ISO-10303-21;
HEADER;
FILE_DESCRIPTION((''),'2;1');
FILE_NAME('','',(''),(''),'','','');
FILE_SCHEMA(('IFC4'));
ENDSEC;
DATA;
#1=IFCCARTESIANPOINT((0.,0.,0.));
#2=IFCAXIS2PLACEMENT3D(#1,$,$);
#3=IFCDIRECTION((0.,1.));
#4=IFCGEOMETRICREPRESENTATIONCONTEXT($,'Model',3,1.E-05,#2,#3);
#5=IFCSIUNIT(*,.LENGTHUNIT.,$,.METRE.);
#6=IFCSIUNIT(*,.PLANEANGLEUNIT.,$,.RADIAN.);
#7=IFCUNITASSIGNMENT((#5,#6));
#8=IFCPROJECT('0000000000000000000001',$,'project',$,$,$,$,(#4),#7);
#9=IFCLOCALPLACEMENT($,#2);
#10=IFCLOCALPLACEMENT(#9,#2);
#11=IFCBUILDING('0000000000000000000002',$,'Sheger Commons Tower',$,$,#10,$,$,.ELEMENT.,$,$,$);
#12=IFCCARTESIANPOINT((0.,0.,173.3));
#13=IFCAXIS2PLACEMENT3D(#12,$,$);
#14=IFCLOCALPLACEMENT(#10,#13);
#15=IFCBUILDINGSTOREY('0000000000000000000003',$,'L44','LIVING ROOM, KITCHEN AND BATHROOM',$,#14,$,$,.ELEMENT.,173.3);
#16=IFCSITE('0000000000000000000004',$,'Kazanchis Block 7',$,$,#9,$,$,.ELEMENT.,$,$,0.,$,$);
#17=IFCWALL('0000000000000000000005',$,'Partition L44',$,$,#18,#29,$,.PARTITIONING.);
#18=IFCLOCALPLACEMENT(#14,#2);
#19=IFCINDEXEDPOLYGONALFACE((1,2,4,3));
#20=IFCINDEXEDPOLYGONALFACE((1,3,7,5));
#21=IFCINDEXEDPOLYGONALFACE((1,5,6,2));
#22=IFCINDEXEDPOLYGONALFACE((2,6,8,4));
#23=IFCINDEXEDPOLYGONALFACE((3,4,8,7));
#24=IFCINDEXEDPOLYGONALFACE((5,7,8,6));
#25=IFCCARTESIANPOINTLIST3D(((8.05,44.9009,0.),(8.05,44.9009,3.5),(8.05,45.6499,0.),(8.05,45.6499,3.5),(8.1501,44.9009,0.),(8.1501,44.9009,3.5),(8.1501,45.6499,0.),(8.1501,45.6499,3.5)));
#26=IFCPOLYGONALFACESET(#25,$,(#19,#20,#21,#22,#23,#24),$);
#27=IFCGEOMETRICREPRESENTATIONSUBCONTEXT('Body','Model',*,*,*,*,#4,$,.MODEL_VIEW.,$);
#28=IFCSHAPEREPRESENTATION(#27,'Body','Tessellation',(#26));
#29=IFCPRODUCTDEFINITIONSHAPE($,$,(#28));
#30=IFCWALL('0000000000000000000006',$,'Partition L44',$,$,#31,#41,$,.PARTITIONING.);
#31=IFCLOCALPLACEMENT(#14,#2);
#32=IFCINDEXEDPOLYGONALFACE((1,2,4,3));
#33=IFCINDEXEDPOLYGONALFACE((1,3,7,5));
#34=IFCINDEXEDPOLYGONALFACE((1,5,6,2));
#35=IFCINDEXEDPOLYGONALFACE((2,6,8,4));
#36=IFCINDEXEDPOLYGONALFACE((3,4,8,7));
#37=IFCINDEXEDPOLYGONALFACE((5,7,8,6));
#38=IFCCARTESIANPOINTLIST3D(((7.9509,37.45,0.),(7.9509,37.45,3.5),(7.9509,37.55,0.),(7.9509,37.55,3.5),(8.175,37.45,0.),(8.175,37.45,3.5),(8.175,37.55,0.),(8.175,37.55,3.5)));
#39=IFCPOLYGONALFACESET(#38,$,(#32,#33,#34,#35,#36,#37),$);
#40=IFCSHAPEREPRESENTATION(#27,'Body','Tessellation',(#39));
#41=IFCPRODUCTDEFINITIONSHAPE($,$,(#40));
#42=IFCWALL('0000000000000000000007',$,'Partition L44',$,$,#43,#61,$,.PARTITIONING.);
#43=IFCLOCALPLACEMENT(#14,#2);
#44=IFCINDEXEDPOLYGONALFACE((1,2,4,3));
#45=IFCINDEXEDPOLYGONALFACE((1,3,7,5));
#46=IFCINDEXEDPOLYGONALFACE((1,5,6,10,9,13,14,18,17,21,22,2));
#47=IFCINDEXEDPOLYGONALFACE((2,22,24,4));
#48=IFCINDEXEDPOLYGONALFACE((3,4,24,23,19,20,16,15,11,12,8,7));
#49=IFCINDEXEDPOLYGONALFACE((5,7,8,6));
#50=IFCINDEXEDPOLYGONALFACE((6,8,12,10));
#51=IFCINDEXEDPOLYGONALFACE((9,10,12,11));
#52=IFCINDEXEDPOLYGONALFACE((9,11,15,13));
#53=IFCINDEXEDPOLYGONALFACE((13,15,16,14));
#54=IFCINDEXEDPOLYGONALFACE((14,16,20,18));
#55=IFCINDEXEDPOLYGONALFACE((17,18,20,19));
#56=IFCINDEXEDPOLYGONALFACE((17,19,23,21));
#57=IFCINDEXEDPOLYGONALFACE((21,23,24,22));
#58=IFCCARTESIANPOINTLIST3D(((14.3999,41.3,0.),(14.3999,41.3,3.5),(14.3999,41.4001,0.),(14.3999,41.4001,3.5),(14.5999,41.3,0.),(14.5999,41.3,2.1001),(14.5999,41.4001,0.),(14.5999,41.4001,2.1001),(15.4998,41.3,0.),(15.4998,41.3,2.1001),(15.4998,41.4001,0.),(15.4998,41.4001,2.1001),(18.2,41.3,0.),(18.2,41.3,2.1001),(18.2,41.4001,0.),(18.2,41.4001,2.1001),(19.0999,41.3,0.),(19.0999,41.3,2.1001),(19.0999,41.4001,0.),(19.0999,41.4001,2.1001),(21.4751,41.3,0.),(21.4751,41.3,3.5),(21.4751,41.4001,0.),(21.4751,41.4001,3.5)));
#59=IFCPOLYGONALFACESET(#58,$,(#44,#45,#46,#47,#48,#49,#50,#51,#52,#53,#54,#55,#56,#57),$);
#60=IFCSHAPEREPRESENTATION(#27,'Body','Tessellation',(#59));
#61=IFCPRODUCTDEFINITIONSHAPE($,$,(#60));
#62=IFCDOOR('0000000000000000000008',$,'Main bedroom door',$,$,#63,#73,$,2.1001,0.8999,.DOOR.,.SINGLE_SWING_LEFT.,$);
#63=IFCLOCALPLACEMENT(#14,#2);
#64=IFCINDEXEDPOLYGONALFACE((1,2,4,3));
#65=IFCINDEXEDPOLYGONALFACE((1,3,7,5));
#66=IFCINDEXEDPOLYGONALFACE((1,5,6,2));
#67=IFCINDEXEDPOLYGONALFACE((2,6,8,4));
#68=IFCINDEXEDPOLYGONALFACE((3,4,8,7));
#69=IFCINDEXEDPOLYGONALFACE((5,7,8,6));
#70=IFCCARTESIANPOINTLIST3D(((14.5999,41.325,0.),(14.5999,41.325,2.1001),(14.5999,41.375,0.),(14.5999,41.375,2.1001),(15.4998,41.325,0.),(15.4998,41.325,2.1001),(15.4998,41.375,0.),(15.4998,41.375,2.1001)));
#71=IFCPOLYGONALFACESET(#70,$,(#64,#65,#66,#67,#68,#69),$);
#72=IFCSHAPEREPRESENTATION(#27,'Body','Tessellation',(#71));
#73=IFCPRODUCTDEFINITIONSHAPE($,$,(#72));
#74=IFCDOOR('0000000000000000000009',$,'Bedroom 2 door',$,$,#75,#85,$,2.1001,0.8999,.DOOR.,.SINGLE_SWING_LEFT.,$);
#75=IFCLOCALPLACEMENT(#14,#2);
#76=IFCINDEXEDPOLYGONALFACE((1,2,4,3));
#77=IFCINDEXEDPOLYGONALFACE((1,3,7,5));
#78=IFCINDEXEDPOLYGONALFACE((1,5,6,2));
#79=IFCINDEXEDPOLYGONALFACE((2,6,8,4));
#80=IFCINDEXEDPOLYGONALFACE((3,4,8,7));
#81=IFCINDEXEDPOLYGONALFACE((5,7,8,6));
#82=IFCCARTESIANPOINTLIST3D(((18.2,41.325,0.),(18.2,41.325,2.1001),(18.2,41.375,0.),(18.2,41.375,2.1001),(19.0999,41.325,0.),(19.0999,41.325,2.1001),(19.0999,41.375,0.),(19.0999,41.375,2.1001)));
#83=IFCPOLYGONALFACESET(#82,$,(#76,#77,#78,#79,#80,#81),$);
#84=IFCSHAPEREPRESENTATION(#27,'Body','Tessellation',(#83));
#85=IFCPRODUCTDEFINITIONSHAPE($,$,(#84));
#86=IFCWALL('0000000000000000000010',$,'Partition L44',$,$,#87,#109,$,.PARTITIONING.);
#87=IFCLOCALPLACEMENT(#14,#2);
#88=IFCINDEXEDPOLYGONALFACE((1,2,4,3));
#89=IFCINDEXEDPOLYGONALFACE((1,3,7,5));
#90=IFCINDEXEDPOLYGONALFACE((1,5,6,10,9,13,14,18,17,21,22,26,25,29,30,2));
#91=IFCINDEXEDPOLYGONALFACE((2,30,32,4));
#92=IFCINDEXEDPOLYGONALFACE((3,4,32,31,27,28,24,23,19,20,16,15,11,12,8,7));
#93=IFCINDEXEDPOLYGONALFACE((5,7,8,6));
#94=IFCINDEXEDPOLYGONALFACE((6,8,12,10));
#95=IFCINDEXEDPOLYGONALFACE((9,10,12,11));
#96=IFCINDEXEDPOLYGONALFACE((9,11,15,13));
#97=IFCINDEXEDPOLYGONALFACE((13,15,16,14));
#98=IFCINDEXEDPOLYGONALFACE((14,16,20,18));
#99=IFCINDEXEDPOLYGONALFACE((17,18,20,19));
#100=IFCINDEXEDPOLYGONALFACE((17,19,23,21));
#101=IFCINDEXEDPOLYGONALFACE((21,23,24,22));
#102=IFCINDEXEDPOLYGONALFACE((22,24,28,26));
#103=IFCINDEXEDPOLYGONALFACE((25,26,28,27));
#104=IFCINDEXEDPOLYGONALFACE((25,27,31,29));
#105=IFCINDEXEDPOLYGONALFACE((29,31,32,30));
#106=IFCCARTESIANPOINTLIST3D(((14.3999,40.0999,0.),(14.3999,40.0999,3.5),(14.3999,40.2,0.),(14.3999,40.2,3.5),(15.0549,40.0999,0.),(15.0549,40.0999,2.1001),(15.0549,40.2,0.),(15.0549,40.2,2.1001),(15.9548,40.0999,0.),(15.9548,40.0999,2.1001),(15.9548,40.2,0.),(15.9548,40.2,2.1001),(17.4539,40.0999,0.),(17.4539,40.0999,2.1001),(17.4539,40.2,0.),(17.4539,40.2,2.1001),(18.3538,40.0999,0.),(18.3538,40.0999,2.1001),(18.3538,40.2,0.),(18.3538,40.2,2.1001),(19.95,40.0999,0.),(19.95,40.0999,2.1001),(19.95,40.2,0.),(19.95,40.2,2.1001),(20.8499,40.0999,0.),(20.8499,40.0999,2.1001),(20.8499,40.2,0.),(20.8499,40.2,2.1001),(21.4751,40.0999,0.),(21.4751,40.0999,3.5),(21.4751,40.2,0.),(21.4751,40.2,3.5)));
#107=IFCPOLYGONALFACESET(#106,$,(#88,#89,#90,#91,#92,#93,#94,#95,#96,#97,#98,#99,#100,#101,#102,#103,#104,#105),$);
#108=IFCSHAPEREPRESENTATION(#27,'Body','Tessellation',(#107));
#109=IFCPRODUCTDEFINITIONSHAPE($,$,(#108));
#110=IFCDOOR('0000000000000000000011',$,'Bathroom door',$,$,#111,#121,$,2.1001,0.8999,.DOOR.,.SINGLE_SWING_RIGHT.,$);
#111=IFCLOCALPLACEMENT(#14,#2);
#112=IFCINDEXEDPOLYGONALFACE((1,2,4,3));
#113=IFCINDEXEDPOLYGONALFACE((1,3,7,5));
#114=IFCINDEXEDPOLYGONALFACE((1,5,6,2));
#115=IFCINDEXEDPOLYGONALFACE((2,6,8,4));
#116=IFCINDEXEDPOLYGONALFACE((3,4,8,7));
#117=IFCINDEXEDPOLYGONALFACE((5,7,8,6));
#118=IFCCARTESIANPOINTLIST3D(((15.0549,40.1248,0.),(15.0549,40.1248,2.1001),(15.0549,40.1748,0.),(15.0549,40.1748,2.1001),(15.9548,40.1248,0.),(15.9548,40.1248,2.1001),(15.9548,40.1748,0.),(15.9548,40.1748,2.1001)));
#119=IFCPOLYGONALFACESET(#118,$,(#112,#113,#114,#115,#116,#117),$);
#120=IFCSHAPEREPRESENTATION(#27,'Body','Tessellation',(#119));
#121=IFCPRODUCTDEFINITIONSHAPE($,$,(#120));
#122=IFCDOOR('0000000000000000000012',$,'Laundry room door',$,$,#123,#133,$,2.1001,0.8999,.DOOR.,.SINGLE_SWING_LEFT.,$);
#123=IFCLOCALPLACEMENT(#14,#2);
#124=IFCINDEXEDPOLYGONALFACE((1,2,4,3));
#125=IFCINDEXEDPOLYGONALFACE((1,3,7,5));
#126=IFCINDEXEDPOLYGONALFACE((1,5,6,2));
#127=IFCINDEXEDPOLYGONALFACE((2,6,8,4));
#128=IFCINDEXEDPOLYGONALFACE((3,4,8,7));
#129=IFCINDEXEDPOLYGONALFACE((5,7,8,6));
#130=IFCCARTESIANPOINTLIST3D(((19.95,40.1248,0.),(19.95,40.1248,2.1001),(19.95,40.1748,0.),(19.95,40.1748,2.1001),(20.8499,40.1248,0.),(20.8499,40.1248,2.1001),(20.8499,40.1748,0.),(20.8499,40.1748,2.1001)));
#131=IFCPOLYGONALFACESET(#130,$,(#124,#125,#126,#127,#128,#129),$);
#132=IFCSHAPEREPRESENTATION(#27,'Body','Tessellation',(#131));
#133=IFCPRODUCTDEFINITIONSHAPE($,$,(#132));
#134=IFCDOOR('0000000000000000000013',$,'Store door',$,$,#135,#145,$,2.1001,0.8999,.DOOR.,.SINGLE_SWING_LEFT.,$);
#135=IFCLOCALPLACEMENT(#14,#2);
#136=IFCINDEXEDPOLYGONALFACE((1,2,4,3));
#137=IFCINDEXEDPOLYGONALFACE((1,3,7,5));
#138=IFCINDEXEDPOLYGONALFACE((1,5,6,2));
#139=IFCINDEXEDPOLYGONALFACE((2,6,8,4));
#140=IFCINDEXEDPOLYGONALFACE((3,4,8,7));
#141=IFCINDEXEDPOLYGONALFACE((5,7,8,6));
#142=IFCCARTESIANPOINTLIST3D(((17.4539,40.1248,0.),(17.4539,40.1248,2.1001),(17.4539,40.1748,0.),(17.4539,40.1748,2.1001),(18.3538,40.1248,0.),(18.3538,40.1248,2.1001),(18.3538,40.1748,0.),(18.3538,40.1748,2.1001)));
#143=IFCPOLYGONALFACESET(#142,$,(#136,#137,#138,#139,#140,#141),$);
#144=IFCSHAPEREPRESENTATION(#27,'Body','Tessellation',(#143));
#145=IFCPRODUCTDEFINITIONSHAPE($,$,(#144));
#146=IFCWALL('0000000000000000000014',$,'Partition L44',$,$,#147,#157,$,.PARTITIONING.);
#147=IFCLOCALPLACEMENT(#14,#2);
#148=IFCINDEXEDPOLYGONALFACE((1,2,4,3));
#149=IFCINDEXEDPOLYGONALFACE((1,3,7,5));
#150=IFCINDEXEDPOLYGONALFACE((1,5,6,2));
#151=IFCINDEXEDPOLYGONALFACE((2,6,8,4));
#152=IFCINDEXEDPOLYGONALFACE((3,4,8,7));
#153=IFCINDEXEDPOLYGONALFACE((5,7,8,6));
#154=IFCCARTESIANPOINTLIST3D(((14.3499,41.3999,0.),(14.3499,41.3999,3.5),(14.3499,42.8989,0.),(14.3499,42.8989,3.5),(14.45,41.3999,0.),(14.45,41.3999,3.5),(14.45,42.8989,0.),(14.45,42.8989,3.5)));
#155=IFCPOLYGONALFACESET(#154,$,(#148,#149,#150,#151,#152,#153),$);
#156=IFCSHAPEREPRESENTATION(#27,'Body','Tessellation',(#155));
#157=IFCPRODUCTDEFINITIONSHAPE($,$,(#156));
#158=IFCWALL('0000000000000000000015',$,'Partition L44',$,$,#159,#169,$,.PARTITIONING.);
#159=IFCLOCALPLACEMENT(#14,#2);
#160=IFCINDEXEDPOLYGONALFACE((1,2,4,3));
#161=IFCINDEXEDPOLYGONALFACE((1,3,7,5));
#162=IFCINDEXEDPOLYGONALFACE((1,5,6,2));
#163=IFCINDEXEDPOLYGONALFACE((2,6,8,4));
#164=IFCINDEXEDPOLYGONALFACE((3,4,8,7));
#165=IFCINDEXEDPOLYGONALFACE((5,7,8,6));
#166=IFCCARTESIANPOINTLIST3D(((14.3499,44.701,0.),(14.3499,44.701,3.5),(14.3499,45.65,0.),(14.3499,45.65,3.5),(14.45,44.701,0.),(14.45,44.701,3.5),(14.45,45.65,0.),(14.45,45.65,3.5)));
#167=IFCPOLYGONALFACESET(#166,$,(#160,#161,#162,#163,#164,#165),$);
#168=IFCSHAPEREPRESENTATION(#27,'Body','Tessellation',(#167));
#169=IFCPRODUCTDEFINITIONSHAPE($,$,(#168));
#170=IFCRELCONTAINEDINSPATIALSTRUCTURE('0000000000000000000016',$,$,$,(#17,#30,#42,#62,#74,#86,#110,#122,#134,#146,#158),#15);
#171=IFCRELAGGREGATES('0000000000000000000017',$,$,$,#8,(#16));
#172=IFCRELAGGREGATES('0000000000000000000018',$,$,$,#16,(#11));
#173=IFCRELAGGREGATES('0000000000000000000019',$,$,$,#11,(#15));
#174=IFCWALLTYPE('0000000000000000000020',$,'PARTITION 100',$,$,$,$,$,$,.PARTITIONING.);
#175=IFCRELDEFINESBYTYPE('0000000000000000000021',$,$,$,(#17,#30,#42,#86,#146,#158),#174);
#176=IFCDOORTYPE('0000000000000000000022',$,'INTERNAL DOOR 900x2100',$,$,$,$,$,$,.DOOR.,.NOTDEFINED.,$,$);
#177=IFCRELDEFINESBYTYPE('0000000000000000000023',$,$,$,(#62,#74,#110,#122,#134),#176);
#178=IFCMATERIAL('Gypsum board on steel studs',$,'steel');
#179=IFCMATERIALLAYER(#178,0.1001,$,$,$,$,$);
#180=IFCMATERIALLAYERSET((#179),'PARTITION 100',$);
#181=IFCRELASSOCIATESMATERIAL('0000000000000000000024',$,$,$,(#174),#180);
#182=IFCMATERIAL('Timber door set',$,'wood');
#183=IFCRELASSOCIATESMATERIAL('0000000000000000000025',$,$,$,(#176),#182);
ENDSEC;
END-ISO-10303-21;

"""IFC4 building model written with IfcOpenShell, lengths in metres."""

from ifc_helpers import new_model, si_unit, direction, frame, frame_2d, origin, place, context, subcontext, project, spatial, rectangle, extrude, material, layer, layer_set, type_object, element, fill, save


model = new_model("IFC4")

# Units and contexts
model_context = context("Model", 3, precision=1e-05, world=origin(), true_north=direction((0.0, 1.0)))
body_context = subcontext(model_context, "Body", "Model", "MODEL_VIEW")
ifc_project = project(units=[si_unit("LENGTHUNIT", "METRE"), si_unit("PLANEANGLEUNIT", "RADIAN")], contexts=[model_context])

# Site, building, storey
site_placement = place(None, origin())
site = spatial("IfcSite", under=ifc_project, at=site_placement, Name="Kazanchis Block 7", CompositionType="ELEMENT", RefElevation=0.0)
building_placement = place(site_placement, origin())
building = spatial("IfcBuilding", under=site, at=building_placement, Name="Sheger Commons Tower", CompositionType="ELEMENT")
storey_placement = place(building_placement, frame((0.0, 0.0, 173.3)))
storey = spatial("IfcBuildingStorey", under=building, at=storey_placement, Name="L44", Description="LIVING ROOM, KITCHEN AND BATHROOM", CompositionType="ELEMENT", Elevation=173.3)

# Walls
ifc_material_1 = material(Name="Gypsum board on steel studs", Category="steel")
ifc_layer_1 = layer(ifc_material_1, 0.1001)
ifc_layer_set_1 = layer_set([ifc_layer_1], Name="PARTITION 100")
wall_type_1 = type_object("IfcWallType", Name="PARTITION 100", PredefinedType="PARTITIONING", material=ifc_layer_set_1)
wall_1_placement = place(storey_placement, frame((8.1001, 45.6499, 0.0), z_axis=(0.0, 0.0, 1.0), x_axis=(0.0, -1.0, 0.0)))
element("IfcWall", 1, at=wall_1_placement, inside=storey, type_object=wall_type_1, Name="Partition L44", PredefinedType="PARTITIONING", context=body_context, shape_type="SweptSolid", body=[
    extrude(rectangle(XDim=0.749, YDim=0.1001, at=frame_2d((0.3745, 0.0))), origin(), (0.0, 0.0, 1.0), 3.5),
])
wall_2_placement = place(storey_placement, frame((7.9509, 37.5, 0.0), z_axis=(0.0, 0.0, 1.0), x_axis=(1.0, 0.0, 0.0)))
element("IfcWall", 2, at=wall_2_placement, inside=storey, type_object=wall_type_1, Name="Partition L44", PredefinedType="PARTITIONING", context=body_context, shape_type="SweptSolid", body=[
    extrude(rectangle(XDim=0.2241, YDim=0.1001, at=frame_2d((0.1121, 0.0))), origin(), (0.0, 0.0, 1.0), 3.5),
])

# Walls, openings, doors
wall_3_placement = place(storey_placement, frame((14.3999, 41.3501, 0.0), z_axis=(0.0, 0.0, 1.0), x_axis=(1.0, 0.0, 0.0)))
wall_3 = element("IfcWall", 3, at=wall_3_placement, inside=storey, type_object=wall_type_1, Name="Partition L44", PredefinedType="PARTITIONING", context=body_context, shape_type="SweptSolid", body=[
    extrude(rectangle(XDim=7.0752, YDim=0.1001, at=frame_2d((3.5376, 0.0))), origin(), (0.0, 0.0, 1.0), 3.5),
])
opening_1_placement = place(wall_3_placement, frame((0.2, 0.0, 0.0)))
opening_1 = element("IfcOpeningElement", 4, at=opening_1_placement, cuts=wall_3, PredefinedType="OPENING", context=body_context, shape_type="SweptSolid", body=[
    extrude(rectangle(XDim=0.8999, YDim=2.1001, at=frame_2d((0.45, 1.05))), frame((0.0, 0.0601, 0.0), z_axis=(0.0, -1.0, 0.0), x_axis=(1.0, 0.0, 0.0)), (0.0, 0.0, 1.0), 0.1201),
])
opening_2_placement = place(wall_3_placement, frame((3.8, 0.0, 0.0)))
opening_2 = element("IfcOpeningElement", 5, at=opening_2_placement, cuts=wall_3, PredefinedType="OPENING", context=body_context, shape_type="SweptSolid", body=[
    extrude(rectangle(XDim=0.8999, YDim=2.1001, at=frame_2d((0.45, 1.05))), frame((0.0, 0.0601, 0.0), z_axis=(0.0, -1.0, 0.0), x_axis=(1.0, 0.0, 0.0)), (0.0, 0.0, 1.0), 0.1201),
])
ifc_material_2 = material(Name="Timber door set", Category="wood")
door_type_1 = type_object("IfcDoorType", Name="INTERNAL DOOR 900x2100", OperationType="NOTDEFINED", PredefinedType="DOOR", material=ifc_material_2)
door_1_placement = place(opening_1_placement, origin())
door_1 = element("IfcDoor", 6, at=door_1_placement, inside=storey, type_object=door_type_1, Name="Main bedroom door", OperationType="SINGLE_SWING_LEFT", OverallHeight=2.1001, OverallWidth=0.8999, PredefinedType="DOOR", context=body_context, shape_type="SweptSolid", body=[
    extrude(rectangle(XDim=0.8999, YDim=2.1001, at=frame_2d((0.45, 1.05))), frame((0.0, 0.0249, 0.0), z_axis=(0.0, -1.0, 0.0), x_axis=(1.0, 0.0, 0.0)), (0.0, 0.0, 1.0), 0.05),
])
fill(opening_1, door_1)
door_2_placement = place(opening_2_placement, origin())
door_2 = element("IfcDoor", 7, at=door_2_placement, inside=storey, type_object=door_type_1, Name="Bedroom 2 door", OperationType="SINGLE_SWING_LEFT", OverallHeight=2.1001, OverallWidth=0.8999, PredefinedType="DOOR", context=body_context, shape_type="SweptSolid", body=[
    extrude(rectangle(XDim=0.8999, YDim=2.1001, at=frame_2d((0.45, 1.05))), frame((0.0, 0.0249, 0.0), z_axis=(0.0, -1.0, 0.0), x_axis=(1.0, 0.0, 0.0)), (0.0, 0.0, 1.0), 0.05),
])
fill(opening_2, door_2)
wall_4_placement = place(storey_placement, frame((14.3999, 40.1499, 0.0), z_axis=(0.0, 0.0, 1.0), x_axis=(1.0, 0.0, 0.0)))
wall_4 = element("IfcWall", 8, at=wall_4_placement, inside=storey, type_object=wall_type_1, Name="Partition L44", PredefinedType="PARTITIONING", context=body_context, shape_type="SweptSolid", body=[
    extrude(rectangle(XDim=7.0752, YDim=0.1001, at=frame_2d((3.5376, 0.0))), origin(), (0.0, 0.0, 1.0), 3.5),
])
opening_3_placement = place(wall_4_placement, frame((0.655, 0.0, 0.0)))
opening_3 = element("IfcOpeningElement", 9, at=opening_3_placement, cuts=wall_4, PredefinedType="OPENING", context=body_context, shape_type="SweptSolid", body=[
    extrude(rectangle(XDim=0.8999, YDim=2.1001, at=frame_2d((0.45, 1.05))), frame((0.0, 0.0601, 0.0), z_axis=(0.0, -1.0, 0.0), x_axis=(1.0, 0.0, 0.0)), (0.0, 0.0, 1.0), 0.1201),
])
opening_4_placement = place(wall_4_placement, frame((5.55, 0.0, 0.0)))
opening_4 = element("IfcOpeningElement", 10, at=opening_4_placement, cuts=wall_4, PredefinedType="OPENING", context=body_context, shape_type="SweptSolid", body=[
    extrude(rectangle(XDim=0.8999, YDim=2.1001, at=frame_2d((0.45, 1.05))), frame((0.0, 0.0601, 0.0), z_axis=(0.0, -1.0, 0.0), x_axis=(1.0, 0.0, 0.0)), (0.0, 0.0, 1.0), 0.1201),
])
opening_5_placement = place(wall_4_placement, frame((3.054, 0.0, 0.0)))
opening_5 = element("IfcOpeningElement", 11, at=opening_5_placement, cuts=wall_4, PredefinedType="OPENING", context=body_context, shape_type="SweptSolid", body=[
    extrude(rectangle(XDim=0.8999, YDim=2.1001, at=frame_2d((0.45, 1.05))), frame((0.0, 0.0601, 0.0), z_axis=(0.0, -1.0, 0.0), x_axis=(1.0, 0.0, 0.0)), (0.0, 0.0, 1.0), 0.1201),
])
door_3_placement = place(opening_3_placement, origin())
door_3 = element("IfcDoor", 12, at=door_3_placement, inside=storey, type_object=door_type_1, Name="Bathroom door", OperationType="SINGLE_SWING_RIGHT", OverallHeight=2.1001, OverallWidth=0.8999, PredefinedType="DOOR", context=body_context, shape_type="SweptSolid", body=[
    extrude(rectangle(XDim=0.8999, YDim=2.1001, at=frame_2d((0.45, 1.05))), frame((0.0, 0.0249, 0.0), z_axis=(0.0, -1.0, 0.0), x_axis=(1.0, 0.0, 0.0)), (0.0, 0.0, 1.0), 0.05),
])
fill(opening_3, door_3)
door_4_placement = place(opening_4_placement, origin())
door_4 = element("IfcDoor", 13, at=door_4_placement, inside=storey, type_object=door_type_1, Name="Laundry room door", OperationType="SINGLE_SWING_LEFT", OverallHeight=2.1001, OverallWidth=0.8999, PredefinedType="DOOR", context=body_context, shape_type="SweptSolid", body=[
    extrude(rectangle(XDim=0.8999, YDim=2.1001, at=frame_2d((0.45, 1.05))), frame((0.0, 0.0249, 0.0), z_axis=(0.0, -1.0, 0.0), x_axis=(1.0, 0.0, 0.0)), (0.0, 0.0, 1.0), 0.05),
])
fill(opening_4, door_4)
door_5_placement = place(opening_5_placement, origin())
door_5 = element("IfcDoor", 14, at=door_5_placement, inside=storey, type_object=door_type_1, Name="Store door", OperationType="SINGLE_SWING_LEFT", OverallHeight=2.1001, OverallWidth=0.8999, PredefinedType="DOOR", context=body_context, shape_type="SweptSolid", body=[
    extrude(rectangle(XDim=0.8999, YDim=2.1001, at=frame_2d((0.45, 1.05))), frame((0.0, 0.0249, 0.0), z_axis=(0.0, -1.0, 0.0), x_axis=(1.0, 0.0, 0.0)), (0.0, 0.0, 1.0), 0.05),
])
fill(opening_5, door_5)

# Walls
wall_5_placement = place(storey_placement, frame((14.3999, 41.3999, 0.0), z_axis=(0.0, 0.0, 1.0), x_axis=(0.0, 1.0, 0.0)))
element("IfcWall", 15, at=wall_5_placement, inside=storey, type_object=wall_type_1, Name="Partition L44", PredefinedType="PARTITIONING", context=body_context, shape_type="SweptSolid", body=[
    extrude(rectangle(XDim=1.499, YDim=0.1001, at=frame_2d((0.7495, 0.0))), origin(), (0.0, 0.0, 1.0), 3.5),
])
wall_6_placement = place(storey_placement, frame((14.3999, 44.7009, 0.0), z_axis=(0.0, 0.0, 1.0), x_axis=(0.0, 1.0, 0.0)))
element("IfcWall", 16, at=wall_6_placement, inside=storey, type_object=wall_type_1, Name="Partition L44", PredefinedType="PARTITIONING", context=body_context, shape_type="SweptSolid", body=[
    extrude(rectangle(XDim=0.949, YDim=0.1001, at=frame_2d((0.4746, 0.0))), origin(), (0.0, 0.0, 1.0), 3.5),
])

save(model, "model.ifc")
